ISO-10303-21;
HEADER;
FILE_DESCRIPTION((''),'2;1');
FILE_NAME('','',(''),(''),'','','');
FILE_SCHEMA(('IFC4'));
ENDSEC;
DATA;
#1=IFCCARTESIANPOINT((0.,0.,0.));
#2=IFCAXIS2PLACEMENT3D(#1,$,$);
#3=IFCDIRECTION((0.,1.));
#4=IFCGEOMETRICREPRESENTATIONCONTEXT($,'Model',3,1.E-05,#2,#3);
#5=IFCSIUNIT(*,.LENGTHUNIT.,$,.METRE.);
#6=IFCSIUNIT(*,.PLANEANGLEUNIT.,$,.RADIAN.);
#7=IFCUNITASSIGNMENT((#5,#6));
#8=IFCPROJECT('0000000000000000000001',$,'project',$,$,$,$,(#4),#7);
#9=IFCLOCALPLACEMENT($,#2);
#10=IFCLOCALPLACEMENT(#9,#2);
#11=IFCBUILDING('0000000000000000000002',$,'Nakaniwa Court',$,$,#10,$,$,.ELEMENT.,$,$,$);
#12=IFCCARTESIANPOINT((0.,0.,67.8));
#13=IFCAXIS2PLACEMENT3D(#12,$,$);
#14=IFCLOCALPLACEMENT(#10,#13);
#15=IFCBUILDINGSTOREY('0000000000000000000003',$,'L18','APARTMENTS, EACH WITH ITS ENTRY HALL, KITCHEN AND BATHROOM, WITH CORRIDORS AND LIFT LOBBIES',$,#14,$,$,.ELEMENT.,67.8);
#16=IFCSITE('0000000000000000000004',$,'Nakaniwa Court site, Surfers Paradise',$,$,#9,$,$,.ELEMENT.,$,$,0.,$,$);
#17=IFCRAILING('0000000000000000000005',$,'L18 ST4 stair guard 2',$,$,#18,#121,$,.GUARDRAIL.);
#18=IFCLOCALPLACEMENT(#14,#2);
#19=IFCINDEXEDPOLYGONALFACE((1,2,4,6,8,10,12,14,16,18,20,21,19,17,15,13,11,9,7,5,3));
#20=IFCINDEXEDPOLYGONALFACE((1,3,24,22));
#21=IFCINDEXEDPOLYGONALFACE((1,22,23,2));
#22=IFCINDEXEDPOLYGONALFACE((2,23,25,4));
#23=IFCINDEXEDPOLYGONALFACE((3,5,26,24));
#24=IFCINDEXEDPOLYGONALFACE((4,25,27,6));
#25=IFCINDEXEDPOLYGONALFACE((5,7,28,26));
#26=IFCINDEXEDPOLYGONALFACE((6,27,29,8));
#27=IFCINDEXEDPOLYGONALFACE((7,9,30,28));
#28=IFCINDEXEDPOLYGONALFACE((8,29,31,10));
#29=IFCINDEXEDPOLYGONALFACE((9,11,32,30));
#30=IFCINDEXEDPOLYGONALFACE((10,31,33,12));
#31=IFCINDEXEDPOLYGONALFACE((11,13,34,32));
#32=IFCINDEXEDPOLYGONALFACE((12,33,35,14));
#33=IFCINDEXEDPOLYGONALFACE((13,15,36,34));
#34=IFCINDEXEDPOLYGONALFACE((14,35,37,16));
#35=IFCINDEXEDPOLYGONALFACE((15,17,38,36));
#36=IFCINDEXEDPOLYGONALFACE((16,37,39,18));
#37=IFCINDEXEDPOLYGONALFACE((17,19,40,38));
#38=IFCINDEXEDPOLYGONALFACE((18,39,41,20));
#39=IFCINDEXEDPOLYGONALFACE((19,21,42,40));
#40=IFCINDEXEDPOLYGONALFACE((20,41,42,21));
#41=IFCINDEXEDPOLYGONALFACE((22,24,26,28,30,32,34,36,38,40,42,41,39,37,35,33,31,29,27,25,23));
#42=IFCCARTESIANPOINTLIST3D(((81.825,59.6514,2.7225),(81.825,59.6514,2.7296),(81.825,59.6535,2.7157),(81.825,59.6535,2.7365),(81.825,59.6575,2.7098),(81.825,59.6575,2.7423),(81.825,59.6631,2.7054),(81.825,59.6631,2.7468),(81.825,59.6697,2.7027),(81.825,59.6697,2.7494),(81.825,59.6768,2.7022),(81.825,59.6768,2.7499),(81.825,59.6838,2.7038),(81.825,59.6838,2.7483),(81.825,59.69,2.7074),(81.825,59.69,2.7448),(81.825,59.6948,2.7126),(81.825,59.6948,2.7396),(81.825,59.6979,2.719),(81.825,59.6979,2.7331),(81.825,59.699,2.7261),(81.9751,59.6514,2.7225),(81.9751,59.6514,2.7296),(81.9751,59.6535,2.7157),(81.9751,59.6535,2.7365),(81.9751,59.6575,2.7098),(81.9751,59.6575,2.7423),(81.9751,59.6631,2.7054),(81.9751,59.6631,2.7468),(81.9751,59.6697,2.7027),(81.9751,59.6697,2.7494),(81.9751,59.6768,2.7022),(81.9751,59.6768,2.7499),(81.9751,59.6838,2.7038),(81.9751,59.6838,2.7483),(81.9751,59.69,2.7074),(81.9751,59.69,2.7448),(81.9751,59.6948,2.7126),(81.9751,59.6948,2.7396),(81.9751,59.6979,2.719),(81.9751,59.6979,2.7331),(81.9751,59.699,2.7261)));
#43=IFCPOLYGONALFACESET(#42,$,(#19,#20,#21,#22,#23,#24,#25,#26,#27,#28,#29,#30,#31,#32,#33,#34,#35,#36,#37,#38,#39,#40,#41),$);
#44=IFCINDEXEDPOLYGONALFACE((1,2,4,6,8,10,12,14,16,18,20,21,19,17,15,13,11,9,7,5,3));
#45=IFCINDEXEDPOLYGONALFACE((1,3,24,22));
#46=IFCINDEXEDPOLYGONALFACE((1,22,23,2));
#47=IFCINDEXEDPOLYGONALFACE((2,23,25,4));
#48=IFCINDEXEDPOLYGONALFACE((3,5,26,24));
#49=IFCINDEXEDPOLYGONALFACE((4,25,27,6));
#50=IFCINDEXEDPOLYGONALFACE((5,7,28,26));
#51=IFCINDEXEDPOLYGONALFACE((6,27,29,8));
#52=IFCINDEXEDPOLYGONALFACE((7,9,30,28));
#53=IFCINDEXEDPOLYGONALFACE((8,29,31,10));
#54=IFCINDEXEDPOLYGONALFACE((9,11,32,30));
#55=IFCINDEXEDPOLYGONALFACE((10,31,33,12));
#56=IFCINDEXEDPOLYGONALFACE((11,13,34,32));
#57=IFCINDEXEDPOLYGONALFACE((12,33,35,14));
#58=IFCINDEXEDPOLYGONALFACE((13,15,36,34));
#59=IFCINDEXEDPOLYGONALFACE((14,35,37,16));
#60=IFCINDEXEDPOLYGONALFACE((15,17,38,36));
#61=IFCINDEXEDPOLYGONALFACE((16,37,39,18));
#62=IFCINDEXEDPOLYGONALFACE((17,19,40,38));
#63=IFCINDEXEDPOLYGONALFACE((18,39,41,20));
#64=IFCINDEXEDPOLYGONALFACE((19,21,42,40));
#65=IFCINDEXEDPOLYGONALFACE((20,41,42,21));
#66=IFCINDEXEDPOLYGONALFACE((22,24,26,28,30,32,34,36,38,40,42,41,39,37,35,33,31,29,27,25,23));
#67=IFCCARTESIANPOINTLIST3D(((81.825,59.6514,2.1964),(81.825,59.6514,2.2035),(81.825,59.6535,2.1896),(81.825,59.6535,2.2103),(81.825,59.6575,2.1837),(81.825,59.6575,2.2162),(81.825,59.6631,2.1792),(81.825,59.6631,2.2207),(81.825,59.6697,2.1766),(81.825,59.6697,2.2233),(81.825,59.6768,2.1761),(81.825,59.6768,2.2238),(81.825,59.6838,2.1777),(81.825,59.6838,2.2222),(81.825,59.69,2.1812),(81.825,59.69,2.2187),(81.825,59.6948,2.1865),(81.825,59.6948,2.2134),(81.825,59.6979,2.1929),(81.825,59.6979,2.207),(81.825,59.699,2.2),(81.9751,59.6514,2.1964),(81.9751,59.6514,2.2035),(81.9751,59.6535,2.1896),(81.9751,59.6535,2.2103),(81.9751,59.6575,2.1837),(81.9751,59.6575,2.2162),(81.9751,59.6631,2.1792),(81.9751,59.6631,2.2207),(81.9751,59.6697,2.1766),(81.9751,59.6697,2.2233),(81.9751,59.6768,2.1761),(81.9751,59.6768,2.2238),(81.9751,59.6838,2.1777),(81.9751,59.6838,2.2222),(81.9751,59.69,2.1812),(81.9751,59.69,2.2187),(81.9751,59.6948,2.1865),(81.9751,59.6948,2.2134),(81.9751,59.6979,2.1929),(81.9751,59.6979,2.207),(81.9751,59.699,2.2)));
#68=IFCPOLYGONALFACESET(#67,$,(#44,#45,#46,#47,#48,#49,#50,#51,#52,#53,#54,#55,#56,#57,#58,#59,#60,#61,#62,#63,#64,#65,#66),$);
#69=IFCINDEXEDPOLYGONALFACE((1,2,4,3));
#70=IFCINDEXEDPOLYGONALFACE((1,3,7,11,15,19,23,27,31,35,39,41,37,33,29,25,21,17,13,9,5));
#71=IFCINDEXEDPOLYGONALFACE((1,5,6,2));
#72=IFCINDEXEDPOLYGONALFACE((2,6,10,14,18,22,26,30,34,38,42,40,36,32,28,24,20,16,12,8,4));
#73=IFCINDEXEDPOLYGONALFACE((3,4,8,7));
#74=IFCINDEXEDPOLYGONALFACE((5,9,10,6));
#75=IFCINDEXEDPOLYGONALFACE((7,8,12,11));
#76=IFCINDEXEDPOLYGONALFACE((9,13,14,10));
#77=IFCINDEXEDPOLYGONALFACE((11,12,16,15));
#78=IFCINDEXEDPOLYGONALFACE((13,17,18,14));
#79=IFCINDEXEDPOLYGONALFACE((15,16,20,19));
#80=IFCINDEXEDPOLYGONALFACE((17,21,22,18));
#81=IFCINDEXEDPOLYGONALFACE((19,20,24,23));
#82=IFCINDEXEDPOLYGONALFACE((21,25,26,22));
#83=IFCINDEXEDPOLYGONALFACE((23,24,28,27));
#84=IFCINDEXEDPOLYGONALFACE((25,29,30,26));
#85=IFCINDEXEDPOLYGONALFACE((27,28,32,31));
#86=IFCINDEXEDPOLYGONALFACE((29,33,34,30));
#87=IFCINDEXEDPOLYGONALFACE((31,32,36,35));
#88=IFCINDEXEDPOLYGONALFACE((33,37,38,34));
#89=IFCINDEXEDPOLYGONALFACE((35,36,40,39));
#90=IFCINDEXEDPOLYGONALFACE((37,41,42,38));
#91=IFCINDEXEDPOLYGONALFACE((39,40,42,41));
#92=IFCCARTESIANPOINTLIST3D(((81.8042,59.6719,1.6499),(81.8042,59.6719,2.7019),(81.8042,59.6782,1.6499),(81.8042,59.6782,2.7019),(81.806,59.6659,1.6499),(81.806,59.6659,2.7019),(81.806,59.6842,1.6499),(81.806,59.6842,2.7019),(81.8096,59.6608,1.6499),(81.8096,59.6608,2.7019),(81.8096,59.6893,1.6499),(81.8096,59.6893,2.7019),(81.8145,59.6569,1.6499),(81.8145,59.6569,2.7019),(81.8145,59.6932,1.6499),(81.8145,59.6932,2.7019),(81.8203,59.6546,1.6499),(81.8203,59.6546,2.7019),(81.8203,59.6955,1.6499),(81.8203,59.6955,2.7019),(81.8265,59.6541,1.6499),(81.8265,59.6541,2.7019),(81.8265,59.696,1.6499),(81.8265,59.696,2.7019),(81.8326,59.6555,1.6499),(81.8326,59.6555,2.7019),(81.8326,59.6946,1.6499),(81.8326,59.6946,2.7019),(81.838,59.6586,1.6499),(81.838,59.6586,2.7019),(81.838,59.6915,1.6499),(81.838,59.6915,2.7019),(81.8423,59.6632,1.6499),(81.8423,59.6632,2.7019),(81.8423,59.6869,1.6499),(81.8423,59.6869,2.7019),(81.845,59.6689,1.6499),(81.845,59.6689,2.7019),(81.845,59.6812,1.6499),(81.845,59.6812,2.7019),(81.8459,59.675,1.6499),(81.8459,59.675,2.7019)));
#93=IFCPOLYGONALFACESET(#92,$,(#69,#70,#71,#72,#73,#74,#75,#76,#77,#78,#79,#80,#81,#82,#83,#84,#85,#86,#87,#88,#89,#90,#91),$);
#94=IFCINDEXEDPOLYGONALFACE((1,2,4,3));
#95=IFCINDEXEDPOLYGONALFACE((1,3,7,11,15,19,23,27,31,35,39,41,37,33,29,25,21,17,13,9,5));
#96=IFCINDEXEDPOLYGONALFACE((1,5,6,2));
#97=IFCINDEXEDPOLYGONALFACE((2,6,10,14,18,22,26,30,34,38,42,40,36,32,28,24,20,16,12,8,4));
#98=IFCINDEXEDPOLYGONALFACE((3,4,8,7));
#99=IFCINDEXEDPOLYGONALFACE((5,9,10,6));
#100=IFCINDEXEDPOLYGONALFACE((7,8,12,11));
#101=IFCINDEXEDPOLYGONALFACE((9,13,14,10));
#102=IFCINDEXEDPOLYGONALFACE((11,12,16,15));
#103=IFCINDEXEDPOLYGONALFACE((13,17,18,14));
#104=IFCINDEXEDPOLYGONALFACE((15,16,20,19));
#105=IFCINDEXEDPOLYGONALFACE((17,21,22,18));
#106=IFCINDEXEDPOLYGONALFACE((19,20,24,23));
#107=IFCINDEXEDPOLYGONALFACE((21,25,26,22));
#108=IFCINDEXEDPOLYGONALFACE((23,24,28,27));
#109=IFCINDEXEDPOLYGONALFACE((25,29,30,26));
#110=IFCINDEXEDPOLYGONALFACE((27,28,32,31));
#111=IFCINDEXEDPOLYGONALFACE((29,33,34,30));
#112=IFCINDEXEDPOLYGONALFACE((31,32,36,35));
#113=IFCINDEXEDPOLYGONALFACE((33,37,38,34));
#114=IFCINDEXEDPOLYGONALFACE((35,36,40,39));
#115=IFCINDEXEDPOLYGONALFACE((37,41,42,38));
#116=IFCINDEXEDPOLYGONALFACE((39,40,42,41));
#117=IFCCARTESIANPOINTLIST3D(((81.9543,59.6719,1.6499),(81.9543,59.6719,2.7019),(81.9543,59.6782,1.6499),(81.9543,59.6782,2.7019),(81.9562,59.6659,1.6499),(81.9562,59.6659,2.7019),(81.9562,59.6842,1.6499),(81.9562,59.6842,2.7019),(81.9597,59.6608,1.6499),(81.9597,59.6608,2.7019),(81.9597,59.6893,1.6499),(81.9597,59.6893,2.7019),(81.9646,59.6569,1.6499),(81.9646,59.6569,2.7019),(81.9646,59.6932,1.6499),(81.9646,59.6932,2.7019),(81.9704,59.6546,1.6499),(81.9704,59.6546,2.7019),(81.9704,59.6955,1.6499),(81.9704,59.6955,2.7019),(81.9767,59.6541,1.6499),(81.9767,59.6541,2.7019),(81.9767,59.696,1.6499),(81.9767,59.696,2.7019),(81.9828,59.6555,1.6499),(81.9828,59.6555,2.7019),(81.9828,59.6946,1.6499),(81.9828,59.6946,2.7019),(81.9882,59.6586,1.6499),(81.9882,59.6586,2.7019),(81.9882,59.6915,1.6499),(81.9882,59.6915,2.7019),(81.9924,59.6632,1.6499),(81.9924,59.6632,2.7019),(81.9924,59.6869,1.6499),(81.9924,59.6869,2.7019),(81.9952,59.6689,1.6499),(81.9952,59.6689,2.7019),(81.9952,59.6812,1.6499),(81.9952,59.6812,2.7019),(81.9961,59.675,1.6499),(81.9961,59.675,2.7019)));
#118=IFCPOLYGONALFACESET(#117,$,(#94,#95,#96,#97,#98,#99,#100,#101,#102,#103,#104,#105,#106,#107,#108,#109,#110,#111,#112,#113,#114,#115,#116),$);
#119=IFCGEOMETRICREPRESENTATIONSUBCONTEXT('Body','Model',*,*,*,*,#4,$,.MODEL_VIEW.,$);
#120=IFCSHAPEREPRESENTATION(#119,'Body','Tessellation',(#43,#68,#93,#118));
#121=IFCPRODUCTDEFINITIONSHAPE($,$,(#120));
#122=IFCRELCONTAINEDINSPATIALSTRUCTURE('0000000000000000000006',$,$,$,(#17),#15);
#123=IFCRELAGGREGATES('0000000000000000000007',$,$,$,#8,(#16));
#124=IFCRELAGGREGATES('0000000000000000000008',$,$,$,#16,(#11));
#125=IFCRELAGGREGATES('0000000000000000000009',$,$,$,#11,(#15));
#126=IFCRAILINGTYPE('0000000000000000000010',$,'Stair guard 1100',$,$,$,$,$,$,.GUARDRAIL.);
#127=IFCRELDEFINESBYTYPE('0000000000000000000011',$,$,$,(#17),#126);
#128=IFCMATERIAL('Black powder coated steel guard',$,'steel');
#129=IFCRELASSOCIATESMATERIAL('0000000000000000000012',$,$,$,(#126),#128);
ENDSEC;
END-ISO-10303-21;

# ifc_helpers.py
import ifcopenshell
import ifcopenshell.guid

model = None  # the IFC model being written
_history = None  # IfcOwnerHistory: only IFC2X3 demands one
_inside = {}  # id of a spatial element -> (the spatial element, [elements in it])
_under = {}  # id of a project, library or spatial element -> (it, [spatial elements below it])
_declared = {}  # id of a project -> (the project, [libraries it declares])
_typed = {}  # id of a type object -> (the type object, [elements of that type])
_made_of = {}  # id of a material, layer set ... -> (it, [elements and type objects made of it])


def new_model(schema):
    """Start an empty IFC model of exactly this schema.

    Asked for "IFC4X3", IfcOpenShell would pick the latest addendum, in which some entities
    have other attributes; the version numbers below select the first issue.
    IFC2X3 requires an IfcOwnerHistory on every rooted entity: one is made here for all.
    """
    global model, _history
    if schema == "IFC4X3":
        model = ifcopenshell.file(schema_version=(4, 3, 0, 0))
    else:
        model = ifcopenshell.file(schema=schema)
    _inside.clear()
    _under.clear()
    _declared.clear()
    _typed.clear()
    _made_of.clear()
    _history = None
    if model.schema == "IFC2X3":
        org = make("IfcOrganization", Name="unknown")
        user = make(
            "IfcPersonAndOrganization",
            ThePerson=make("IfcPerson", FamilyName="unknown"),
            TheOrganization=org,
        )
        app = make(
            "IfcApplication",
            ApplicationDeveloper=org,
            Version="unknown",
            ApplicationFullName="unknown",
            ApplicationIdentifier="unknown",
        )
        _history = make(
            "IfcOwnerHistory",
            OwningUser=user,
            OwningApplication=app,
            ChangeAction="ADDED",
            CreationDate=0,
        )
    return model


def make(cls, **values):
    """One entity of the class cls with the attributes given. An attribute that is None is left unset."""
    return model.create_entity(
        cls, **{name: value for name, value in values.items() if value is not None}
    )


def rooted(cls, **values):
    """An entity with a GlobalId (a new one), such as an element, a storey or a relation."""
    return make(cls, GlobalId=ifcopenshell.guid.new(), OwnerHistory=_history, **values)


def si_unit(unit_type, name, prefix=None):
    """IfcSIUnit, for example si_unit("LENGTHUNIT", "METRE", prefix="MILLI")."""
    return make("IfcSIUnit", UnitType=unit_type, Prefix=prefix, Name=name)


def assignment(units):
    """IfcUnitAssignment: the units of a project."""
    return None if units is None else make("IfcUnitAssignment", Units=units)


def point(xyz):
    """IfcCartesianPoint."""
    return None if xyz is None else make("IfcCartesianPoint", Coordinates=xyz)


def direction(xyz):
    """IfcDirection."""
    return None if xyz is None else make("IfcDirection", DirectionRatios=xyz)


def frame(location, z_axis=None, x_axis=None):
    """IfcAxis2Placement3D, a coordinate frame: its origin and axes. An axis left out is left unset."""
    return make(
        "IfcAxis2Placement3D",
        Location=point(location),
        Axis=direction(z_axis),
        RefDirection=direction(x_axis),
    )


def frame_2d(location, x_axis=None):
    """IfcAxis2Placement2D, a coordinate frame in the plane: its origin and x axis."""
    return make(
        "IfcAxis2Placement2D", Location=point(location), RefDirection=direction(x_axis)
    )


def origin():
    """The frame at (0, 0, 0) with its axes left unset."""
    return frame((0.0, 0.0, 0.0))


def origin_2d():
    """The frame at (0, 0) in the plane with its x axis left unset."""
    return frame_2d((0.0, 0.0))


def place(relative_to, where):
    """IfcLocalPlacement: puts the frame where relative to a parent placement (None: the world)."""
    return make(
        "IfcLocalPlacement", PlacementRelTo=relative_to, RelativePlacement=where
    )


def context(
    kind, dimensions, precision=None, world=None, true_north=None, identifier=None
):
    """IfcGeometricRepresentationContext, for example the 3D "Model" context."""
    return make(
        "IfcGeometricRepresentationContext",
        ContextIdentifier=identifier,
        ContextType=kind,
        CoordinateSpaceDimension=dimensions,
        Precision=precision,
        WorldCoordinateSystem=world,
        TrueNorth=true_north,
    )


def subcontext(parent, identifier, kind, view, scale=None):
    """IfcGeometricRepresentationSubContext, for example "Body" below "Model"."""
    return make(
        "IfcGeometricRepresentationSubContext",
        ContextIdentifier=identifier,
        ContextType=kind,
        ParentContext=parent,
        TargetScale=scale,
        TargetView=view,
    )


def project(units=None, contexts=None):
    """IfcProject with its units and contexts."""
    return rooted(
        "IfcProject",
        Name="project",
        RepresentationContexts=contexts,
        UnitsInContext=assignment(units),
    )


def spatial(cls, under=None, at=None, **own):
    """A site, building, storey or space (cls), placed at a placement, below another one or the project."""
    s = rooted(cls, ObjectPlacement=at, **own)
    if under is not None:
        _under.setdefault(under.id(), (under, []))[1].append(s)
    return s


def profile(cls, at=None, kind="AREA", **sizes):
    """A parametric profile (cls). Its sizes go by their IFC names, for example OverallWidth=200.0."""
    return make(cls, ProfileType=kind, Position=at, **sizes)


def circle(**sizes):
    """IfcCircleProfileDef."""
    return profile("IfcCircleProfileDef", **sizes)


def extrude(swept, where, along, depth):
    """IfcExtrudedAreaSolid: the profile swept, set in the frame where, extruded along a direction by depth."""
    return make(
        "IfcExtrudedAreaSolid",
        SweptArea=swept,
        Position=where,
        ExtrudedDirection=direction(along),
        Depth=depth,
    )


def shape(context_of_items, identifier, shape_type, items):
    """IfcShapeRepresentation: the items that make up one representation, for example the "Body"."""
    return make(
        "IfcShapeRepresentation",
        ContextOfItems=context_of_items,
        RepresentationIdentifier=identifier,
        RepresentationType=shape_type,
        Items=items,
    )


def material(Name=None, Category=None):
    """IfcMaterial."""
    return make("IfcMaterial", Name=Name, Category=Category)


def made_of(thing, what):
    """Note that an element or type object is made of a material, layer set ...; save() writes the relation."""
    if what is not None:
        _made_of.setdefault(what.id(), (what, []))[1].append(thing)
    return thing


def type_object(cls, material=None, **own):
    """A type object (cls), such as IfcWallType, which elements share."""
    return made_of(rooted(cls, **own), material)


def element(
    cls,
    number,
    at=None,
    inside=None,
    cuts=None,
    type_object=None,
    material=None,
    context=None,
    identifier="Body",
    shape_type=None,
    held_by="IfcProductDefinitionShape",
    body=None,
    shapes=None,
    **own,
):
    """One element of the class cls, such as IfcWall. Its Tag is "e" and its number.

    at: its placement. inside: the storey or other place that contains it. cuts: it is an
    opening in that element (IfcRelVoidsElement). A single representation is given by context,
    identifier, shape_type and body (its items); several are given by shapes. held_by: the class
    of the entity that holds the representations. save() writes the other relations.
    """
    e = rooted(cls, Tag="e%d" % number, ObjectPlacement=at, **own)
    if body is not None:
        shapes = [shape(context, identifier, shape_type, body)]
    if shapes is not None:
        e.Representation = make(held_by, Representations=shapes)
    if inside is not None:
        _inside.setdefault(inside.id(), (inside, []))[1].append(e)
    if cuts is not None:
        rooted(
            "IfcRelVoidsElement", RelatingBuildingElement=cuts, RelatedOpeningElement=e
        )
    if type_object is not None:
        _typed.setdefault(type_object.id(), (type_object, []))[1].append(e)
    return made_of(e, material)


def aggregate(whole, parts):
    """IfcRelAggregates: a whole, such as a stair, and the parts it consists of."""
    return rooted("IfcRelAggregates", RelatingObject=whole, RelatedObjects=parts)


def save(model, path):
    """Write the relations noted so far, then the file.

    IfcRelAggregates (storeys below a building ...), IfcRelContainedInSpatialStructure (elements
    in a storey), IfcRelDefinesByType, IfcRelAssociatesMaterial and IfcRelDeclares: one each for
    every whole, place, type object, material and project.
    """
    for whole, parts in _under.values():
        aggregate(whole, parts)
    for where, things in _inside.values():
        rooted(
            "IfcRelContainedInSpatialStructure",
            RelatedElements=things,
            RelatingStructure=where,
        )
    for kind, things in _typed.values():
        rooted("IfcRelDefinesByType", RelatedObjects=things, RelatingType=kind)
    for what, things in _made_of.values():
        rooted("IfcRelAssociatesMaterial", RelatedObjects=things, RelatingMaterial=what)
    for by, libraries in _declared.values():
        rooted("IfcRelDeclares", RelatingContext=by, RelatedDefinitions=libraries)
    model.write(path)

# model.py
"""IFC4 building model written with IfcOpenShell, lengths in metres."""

from ifc_helpers import new_model, si_unit, direction, frame, origin, origin_2d, place, context, subcontext, project, spatial, circle, extrude, material, type_object, element, save


model = new_model("IFC4")

# Units and contexts
model_context = context("Model", 3, precision=1e-05, world=origin(), true_north=direction((0.0, 1.0)))
body_context = subcontext(model_context, "Body", "Model", "MODEL_VIEW")
ifc_project = project(units=[si_unit("LENGTHUNIT", "METRE"), si_unit("PLANEANGLEUNIT", "RADIAN")], contexts=[model_context])

# Site, building, storey
site_placement = place(None, origin())
site = spatial("IfcSite", under=ifc_project, at=site_placement, Name="Nakaniwa Court site, Surfers Paradise", CompositionType="ELEMENT", RefElevation=0.0)
building_placement = place(site_placement, origin())
building = spatial("IfcBuilding", under=site, at=building_placement, Name="Nakaniwa Court", CompositionType="ELEMENT")
storey_placement = place(building_placement, frame((0.0, 0.0, 67.8)))
storey = spatial("IfcBuildingStorey", under=building, at=storey_placement, Name="L18", Description="APARTMENTS, EACH WITH ITS ENTRY HALL, KITCHEN AND BATHROOM, WITH CORRIDORS AND LIFT LOBBIES", CompositionType="ELEMENT", Elevation=67.8)

# Railing
ifc_material_1 = material(Name="Black powder coated steel guard", Category="steel")
railing_type_1 = type_object("IfcRailingType", Name="Stair guard 1100", PredefinedType="GUARDRAIL", material=ifc_material_1)
railing_1_placement = place(storey_placement, frame((81.825, 59.675, 1.6499)))
element("IfcRailing", 1, at=railing_1_placement, inside=storey, type_object=railing_type_1, Name="L18 ST4 stair guard 2", PredefinedType="GUARDRAIL", context=body_context, shape_type="SweptSolid", body=[
    extrude(circle(Radius=0.0239, at=origin_2d()), frame((0.0, 0.0, 1.0762), z_axis=(1.0, 0.0, 0.0), x_axis=(0.0, 1.0, 0.0)), (0.0, 0.0, 1.0), 0.1501),
    extrude(circle(Radius=0.0239, at=origin_2d()), frame((0.0, 0.0, 0.55), z_axis=(1.0, 0.0, 0.0), x_axis=(0.0, 1.0, 0.0)), (0.0, 0.0, 1.0), 0.1501),
    extrude(circle(Radius=0.021, at=origin_2d()), origin(), (0.0, 0.0, 1.0), 1.052),
    extrude(circle(Radius=0.021, at=origin_2d()), frame((0.1501, 0.0, 0.0)), (0.0, 0.0, 1.0), 1.052),
])

save(model, "model.ifc")
